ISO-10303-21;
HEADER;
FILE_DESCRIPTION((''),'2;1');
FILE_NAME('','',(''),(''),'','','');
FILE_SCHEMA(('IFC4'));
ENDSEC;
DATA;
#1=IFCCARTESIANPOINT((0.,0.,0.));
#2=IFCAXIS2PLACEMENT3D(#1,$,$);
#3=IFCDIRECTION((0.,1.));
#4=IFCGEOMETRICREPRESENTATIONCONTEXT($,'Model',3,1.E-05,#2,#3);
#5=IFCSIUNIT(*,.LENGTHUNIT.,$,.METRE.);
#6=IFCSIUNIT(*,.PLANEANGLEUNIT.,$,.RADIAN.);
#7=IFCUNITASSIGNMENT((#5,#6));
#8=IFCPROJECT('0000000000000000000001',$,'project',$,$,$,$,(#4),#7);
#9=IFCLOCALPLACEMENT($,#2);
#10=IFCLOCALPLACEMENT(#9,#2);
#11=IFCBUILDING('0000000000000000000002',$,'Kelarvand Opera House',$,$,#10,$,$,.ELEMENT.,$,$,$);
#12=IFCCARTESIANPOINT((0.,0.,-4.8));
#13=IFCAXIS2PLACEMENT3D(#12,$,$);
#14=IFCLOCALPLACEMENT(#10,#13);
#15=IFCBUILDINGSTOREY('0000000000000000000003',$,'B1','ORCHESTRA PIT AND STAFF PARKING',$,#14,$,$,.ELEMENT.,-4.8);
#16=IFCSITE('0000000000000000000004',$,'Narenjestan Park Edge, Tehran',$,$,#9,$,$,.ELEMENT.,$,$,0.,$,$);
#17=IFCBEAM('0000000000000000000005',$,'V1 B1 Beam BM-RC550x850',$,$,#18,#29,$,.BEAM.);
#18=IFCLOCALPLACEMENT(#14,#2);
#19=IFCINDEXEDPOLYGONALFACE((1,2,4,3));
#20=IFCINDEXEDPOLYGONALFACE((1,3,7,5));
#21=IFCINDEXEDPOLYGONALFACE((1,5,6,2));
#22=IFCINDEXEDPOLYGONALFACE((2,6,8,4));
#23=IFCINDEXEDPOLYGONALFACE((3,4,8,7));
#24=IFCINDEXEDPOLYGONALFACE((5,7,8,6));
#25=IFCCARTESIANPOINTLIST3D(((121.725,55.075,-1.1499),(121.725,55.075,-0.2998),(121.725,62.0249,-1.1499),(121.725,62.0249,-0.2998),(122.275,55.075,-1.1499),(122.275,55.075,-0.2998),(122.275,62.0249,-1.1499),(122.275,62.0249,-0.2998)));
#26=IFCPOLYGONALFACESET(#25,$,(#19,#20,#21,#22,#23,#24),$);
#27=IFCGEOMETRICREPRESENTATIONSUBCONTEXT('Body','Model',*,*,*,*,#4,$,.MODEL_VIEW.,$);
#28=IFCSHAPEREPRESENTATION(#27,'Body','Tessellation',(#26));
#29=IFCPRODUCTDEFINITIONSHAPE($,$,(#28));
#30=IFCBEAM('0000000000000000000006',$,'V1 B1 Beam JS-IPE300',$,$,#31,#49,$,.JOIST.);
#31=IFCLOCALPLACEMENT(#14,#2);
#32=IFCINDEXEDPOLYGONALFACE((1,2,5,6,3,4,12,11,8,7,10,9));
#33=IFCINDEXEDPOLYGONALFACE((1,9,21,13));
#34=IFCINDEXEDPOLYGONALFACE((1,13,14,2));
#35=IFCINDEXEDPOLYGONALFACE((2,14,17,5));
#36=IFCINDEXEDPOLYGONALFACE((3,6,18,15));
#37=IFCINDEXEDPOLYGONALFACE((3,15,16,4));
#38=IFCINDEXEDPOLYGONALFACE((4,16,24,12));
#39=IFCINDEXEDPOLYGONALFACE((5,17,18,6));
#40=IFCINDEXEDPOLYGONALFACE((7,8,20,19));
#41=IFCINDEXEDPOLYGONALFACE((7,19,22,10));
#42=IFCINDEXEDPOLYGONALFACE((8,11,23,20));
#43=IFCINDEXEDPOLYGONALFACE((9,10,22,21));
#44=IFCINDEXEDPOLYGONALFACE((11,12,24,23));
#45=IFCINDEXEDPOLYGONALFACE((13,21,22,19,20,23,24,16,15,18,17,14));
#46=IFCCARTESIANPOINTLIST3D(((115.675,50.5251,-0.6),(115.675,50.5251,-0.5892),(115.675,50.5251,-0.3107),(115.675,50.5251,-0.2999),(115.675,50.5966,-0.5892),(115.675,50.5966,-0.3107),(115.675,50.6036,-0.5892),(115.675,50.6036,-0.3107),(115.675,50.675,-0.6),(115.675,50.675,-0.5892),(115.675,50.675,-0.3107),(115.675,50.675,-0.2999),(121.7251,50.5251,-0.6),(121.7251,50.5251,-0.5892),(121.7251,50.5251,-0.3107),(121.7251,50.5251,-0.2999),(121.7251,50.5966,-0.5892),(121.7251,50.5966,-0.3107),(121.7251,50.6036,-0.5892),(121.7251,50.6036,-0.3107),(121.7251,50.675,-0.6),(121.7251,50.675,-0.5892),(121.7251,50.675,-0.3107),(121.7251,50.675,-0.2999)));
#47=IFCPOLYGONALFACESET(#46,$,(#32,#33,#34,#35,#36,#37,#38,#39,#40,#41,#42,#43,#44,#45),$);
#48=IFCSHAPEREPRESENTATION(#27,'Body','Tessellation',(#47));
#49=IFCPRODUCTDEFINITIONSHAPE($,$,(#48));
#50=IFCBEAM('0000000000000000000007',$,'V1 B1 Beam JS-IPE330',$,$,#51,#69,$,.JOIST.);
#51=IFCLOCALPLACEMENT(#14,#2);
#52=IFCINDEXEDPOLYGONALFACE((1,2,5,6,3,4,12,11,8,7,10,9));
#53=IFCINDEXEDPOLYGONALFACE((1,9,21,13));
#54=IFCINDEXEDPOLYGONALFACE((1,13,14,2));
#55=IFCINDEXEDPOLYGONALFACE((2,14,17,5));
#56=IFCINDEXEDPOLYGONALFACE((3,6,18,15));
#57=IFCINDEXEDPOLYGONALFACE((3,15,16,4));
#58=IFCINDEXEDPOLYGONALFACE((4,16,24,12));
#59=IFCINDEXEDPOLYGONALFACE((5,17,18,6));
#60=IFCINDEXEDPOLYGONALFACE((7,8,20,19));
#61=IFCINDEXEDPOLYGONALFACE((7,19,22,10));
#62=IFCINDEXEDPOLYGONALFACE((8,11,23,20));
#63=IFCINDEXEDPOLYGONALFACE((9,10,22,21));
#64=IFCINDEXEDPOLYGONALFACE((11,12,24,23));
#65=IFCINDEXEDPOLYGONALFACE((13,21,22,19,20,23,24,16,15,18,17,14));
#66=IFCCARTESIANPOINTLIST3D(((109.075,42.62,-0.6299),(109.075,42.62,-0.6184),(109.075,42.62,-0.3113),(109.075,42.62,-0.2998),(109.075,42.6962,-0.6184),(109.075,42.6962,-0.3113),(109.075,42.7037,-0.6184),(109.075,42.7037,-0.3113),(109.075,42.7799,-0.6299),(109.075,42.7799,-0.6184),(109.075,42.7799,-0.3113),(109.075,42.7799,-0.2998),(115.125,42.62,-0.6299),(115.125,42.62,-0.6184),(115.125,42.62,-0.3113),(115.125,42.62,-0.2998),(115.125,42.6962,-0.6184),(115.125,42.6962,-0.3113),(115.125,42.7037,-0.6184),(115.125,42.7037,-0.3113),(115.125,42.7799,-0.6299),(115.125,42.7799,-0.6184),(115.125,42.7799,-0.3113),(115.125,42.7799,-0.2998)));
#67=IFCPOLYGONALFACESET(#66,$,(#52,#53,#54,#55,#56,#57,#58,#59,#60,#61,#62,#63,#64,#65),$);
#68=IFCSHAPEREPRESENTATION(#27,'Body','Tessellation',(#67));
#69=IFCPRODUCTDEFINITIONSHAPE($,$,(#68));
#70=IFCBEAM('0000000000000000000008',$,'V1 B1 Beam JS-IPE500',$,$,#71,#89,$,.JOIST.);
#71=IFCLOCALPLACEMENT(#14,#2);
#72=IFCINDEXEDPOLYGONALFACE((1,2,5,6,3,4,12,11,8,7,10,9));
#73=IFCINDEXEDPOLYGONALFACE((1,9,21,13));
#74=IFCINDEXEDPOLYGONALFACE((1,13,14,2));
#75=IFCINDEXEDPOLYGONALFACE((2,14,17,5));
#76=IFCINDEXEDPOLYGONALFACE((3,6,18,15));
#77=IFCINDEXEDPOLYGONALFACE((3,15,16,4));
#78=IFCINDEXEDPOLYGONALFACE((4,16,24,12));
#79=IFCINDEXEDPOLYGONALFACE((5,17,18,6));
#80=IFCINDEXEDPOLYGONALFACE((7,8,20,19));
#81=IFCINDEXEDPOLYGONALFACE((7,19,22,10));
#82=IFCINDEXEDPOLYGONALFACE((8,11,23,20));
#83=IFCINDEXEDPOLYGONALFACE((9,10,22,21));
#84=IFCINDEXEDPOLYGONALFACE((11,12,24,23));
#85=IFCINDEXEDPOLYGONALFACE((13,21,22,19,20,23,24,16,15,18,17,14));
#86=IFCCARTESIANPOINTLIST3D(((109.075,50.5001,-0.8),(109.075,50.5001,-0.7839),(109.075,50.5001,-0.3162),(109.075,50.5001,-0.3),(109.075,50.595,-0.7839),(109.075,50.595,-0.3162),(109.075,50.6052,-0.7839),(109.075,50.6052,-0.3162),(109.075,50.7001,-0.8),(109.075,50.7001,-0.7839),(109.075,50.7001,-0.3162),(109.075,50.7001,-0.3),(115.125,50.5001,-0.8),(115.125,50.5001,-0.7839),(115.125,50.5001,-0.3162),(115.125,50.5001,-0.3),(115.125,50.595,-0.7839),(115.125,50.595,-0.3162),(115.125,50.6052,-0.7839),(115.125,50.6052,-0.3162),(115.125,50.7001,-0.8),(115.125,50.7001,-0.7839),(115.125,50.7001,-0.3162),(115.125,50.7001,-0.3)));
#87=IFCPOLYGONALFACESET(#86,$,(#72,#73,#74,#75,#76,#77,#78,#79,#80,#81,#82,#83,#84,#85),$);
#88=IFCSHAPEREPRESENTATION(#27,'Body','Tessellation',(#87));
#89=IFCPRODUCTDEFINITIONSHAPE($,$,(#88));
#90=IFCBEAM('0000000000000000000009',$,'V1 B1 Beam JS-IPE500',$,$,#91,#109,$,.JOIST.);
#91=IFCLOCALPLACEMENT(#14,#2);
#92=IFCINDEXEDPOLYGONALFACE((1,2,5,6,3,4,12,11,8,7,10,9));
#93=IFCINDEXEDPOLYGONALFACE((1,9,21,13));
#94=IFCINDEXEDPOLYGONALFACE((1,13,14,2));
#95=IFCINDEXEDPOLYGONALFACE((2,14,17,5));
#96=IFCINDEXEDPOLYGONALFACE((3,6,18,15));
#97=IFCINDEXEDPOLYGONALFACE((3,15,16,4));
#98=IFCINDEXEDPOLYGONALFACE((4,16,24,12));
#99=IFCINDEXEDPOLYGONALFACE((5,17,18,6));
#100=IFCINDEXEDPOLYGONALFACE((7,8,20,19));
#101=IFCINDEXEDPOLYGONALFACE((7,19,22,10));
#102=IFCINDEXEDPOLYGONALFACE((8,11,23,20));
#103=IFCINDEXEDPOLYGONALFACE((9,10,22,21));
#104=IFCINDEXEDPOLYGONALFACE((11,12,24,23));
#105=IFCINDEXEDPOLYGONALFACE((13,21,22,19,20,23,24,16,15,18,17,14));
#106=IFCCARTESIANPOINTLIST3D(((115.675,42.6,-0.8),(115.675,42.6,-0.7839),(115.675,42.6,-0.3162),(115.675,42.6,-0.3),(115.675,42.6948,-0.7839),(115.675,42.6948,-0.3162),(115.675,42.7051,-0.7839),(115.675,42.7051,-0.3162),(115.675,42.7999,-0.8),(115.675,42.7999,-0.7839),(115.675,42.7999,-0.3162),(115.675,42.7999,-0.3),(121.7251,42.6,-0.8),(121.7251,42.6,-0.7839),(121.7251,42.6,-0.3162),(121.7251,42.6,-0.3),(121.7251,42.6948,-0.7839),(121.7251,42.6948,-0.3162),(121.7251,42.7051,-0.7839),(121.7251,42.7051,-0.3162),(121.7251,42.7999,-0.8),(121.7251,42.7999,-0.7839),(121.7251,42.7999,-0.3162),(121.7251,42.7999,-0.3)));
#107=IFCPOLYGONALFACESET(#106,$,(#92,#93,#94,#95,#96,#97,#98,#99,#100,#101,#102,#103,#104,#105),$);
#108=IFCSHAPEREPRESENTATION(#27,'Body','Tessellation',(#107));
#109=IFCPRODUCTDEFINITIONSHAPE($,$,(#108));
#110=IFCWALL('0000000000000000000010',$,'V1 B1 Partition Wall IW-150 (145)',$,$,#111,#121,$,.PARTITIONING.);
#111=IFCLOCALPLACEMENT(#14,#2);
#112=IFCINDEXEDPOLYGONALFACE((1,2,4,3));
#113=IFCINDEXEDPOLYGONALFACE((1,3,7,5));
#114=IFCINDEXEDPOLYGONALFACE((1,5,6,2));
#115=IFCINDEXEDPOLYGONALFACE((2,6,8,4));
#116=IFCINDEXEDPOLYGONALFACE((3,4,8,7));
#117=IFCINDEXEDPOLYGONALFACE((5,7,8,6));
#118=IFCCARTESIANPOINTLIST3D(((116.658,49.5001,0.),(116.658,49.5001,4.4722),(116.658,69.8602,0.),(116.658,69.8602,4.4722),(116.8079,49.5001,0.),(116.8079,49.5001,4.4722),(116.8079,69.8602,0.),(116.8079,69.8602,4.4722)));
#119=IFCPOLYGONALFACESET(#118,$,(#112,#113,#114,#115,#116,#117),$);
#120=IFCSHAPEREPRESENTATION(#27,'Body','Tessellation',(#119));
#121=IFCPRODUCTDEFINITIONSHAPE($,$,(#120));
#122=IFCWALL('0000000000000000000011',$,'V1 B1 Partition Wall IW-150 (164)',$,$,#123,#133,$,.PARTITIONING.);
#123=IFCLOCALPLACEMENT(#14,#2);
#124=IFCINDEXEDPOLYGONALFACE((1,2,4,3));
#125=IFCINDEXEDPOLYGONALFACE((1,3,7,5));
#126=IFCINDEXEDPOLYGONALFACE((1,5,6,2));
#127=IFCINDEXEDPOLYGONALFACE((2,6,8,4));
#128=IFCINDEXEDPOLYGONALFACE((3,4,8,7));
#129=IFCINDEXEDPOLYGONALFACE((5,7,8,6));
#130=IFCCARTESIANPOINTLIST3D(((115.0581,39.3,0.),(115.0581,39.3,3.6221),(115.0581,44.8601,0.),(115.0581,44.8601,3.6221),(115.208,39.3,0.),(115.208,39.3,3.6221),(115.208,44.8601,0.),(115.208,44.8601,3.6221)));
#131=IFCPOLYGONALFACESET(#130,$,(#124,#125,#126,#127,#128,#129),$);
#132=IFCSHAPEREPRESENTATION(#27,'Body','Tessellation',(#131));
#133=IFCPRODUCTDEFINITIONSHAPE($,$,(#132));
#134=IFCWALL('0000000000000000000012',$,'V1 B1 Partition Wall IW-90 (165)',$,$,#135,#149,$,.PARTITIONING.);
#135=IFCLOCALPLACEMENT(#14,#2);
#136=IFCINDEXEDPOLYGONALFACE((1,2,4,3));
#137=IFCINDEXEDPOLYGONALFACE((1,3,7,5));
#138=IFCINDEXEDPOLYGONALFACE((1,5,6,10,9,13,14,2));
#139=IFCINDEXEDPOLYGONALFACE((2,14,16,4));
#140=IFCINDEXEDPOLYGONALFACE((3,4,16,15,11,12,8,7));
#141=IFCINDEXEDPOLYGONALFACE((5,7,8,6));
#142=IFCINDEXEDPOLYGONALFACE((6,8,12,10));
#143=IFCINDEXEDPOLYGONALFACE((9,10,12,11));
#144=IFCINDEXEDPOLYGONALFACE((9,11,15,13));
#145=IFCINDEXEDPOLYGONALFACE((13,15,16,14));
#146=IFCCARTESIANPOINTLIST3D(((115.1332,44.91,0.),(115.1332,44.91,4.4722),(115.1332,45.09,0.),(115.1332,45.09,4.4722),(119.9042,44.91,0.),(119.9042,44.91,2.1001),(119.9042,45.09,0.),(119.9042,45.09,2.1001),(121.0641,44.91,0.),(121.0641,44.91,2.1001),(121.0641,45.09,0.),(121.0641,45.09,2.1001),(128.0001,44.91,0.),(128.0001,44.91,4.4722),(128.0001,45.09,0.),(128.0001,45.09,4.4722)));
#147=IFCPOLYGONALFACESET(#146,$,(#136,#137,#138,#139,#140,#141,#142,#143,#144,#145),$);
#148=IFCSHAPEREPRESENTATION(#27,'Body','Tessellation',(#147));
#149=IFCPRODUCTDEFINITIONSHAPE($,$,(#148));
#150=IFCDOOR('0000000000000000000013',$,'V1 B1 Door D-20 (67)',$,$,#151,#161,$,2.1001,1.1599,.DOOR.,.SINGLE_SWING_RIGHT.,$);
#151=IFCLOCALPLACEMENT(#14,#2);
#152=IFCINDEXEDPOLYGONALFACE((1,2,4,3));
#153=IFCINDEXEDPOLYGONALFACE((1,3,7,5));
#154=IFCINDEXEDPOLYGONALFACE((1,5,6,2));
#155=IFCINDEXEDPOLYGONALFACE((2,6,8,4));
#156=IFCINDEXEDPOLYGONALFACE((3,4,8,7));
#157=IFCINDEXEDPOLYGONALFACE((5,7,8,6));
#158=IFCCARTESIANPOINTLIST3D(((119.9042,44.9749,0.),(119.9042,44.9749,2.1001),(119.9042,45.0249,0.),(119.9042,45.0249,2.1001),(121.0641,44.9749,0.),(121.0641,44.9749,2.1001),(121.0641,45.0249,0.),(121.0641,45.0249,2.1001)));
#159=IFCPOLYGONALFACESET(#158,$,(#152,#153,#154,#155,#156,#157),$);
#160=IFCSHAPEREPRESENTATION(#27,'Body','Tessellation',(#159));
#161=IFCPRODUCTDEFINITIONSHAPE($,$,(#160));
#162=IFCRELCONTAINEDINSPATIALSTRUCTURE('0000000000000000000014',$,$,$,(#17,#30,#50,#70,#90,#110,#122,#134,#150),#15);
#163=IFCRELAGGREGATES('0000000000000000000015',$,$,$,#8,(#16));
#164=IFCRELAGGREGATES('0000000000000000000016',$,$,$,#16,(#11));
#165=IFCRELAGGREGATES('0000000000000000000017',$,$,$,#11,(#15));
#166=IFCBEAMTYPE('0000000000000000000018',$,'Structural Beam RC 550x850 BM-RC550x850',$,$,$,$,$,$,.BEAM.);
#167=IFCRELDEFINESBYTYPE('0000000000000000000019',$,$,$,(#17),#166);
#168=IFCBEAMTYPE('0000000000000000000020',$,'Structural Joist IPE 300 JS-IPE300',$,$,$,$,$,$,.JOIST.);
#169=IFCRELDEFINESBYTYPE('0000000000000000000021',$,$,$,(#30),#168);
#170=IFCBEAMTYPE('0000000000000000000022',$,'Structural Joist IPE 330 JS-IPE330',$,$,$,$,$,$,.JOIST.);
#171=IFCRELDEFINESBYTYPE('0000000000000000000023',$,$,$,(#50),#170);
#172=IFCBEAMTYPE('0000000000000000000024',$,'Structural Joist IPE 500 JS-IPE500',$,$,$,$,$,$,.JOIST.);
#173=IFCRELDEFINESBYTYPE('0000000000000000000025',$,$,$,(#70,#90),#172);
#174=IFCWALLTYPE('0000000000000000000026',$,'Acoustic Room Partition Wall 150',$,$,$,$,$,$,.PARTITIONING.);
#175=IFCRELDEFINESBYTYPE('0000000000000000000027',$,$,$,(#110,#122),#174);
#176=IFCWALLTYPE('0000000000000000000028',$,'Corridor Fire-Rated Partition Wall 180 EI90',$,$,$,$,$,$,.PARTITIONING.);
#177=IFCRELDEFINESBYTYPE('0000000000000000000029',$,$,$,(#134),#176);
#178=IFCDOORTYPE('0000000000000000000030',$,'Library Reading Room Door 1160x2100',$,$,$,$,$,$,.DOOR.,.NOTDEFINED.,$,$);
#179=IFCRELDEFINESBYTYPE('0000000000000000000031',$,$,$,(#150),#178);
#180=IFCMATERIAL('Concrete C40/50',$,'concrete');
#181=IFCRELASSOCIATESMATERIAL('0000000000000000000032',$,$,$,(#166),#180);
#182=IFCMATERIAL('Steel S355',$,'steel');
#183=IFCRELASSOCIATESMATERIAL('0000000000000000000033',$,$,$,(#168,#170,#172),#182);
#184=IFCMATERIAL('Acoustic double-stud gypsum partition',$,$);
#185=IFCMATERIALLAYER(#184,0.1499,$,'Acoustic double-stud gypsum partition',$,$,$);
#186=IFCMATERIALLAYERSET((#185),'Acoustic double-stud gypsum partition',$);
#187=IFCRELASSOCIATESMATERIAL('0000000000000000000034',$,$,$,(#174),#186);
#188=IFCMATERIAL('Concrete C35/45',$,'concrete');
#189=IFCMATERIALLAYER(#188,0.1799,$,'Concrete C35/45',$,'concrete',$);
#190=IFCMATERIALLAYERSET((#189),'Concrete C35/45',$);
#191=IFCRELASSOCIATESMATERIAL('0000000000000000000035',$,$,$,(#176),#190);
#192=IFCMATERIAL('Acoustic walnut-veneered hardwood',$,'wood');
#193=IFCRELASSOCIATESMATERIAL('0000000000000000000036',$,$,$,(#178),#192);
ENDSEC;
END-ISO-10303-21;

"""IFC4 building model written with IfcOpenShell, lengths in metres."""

from ifc_helpers import new_model, si_unit, direction, frame, frame_2d, origin, origin_2d, place, context, subcontext, project, spatial, rectangle, i_section, extrude, material, layer, layer_set, material_profile, profile_set, type_object, element, fill, save


model = new_model("IFC4")

# Units and contexts
model_context = context("Model", 3, precision=1e-05, world=origin(), true_north=direction((0.0, 1.0)))
body_context = subcontext(model_context, "Body", "Model", "MODEL_VIEW")
ifc_project = project(units=[si_unit("LENGTHUNIT", "METRE"), si_unit("PLANEANGLEUNIT", "RADIAN")], contexts=[model_context])

# Site, building, storey
site_placement = place(None, origin())
site = spatial("IfcSite", under=ifc_project, at=site_placement, Name="Narenjestan Park Edge, Tehran", CompositionType="ELEMENT", RefElevation=0.0)
building_placement = place(site_placement, origin())
building = spatial("IfcBuilding", under=site, at=building_placement, Name="Kelarvand Opera House", CompositionType="ELEMENT")
storey_placement = place(building_placement, frame((0.0, 0.0, -4.8)))
storey = spatial("IfcBuildingStorey", under=building, at=storey_placement, Name="B1", Description="ORCHESTRA PIT AND STAFF PARKING", CompositionType="ELEMENT", Elevation=-4.8)

# Shared definitions
ifc_material_1 = material(Name="Concrete C40/50", Category="concrete")

# Beams
ifc_material_profile_1 = material_profile(ifc_material_1, rectangle(XDim=0.55, YDim=0.8501, at=origin_2d()), Name="RC 550x850", Category="concrete")
ifc_profile_set_1 = profile_set([ifc_material_profile_1], Name="Concrete C40/50")
beam_type_1 = type_object("IfcBeamType", Name="Structural Beam RC 550x850 BM-RC550x850", PredefinedType="BEAM", material=ifc_profile_set_1)
beam_1_placement = place(storey_placement, frame((122.0, 55.075, -0.7249), z_axis=(0.0, 1.0, 0.0), x_axis=(-1.0, 0.0, 0.0)))
element("IfcBeam", 1, at=beam_1_placement, inside=storey, type_object=beam_type_1, Name="V1 B1 Beam BM-RC550x850", PredefinedType="BEAM", context=body_context, shape_type="SweptSolid", body=[
    extrude(rectangle(XDim=0.55, YDim=0.8501, at=origin_2d()), origin(), (0.0, 0.0, 1.0), 6.95),
])
ifc_material_2 = material(Name="Steel S355", Category="steel")
ifc_material_profile_2 = material_profile(ifc_material_2, i_section(OverallWidth=0.1499, OverallDepth=0.3, WebThickness=0.0071, FlangeThickness=0.0107, at=origin_2d()), Name="IPE 300", Category="steel")
ifc_profile_set_2 = profile_set([ifc_material_profile_2], Name="Steel S355")
beam_type_2 = type_object("IfcBeamType", Name="Structural Joist IPE 300 JS-IPE300", PredefinedType="JOIST", material=ifc_profile_set_2)
beam_2_placement = place(storey_placement, frame((115.675, 50.6001, -0.45), z_axis=(1.0, 0.0, 0.0), x_axis=(0.0, 1.0, 0.0)))
element("IfcBeam", 2, at=beam_2_placement, inside=storey, type_object=beam_type_2, Name="V1 B1 Beam JS-IPE300", PredefinedType="JOIST", context=body_context, shape_type="SweptSolid", body=[
    extrude(i_section(OverallWidth=0.1499, OverallDepth=0.3, WebThickness=0.0071, FlangeThickness=0.0107, at=origin_2d()), origin(), (0.0, 0.0, 1.0), 6.05),
])
ifc_material_profile_3 = material_profile(ifc_material_2, i_section(OverallWidth=0.1599, OverallDepth=0.3301, WebThickness=0.0076, FlangeThickness=0.0115, at=origin_2d()), Name="IPE 330", Category="steel")
ifc_profile_set_3 = profile_set([ifc_material_profile_3], Name="Steel S355")
beam_type_3 = type_object("IfcBeamType", Name="Structural Joist IPE 330 JS-IPE330", PredefinedType="JOIST", material=ifc_profile_set_3)
beam_3_placement = place(storey_placement, frame((109.075, 42.7, -0.4648), z_axis=(1.0, 0.0, 0.0), x_axis=(0.0, 1.0, 0.0)))
element("IfcBeam", 3, at=beam_3_placement, inside=storey, type_object=beam_type_3, Name="V1 B1 Beam JS-IPE330", PredefinedType="JOIST", context=body_context, shape_type="SweptSolid", body=[
    extrude(i_section(OverallWidth=0.1599, OverallDepth=0.3301, WebThickness=0.0076, FlangeThickness=0.0115, at=origin_2d()), origin(), (0.0, 0.0, 1.0), 6.05),
])
ifc_material_profile_4 = material_profile(ifc_material_2, i_section(OverallWidth=0.2, OverallDepth=0.5, WebThickness=0.0103, FlangeThickness=0.0161, at=origin_2d()), Name="IPE 500", Category="steel")
ifc_profile_set_4 = profile_set([ifc_material_profile_4], Name="Steel S355")
beam_type_4 = type_object("IfcBeamType", Name="Structural Joist IPE 500 JS-IPE500", PredefinedType="JOIST", material=ifc_profile_set_4)
for number, where, z_axis, x_axis, name in (
    (4, (109.075, 50.6001, -0.55), (1.0, 0.0, 0.0), (0.0, 1.0, 0.0), "V1 B1 Beam JS-IPE500"),
    (5, (115.675, 42.7, -0.55), (1.0, 0.0, 0.0), (0.0, 1.0, 0.0), "V1 B1 Beam JS-IPE500"),
):
    element("IfcBeam", number, at=place(storey_placement, frame(where, z_axis=z_axis, x_axis=x_axis)), inside=storey, type_object=beam_type_4, Name=name, PredefinedType="JOIST", context=body_context, shape_type="SweptSolid", body=[
        extrude(i_section(OverallWidth=0.2, OverallDepth=0.5, WebThickness=0.0103, FlangeThickness=0.0161, at=origin_2d()), origin(), (0.0, 0.0, 1.0), 6.05),
    ])

# Walls
ifc_material_3 = material(Name="Acoustic double-stud gypsum partition")
ifc_layer_1 = layer(ifc_material_3, 0.1499, Name="Acoustic double-stud gypsum partition")
ifc_layer_set_1 = layer_set([ifc_layer_1], Name="Acoustic double-stud gypsum partition")
wall_type_1 = type_object("IfcWallType", Name="Acoustic Room Partition Wall 150", PredefinedType="PARTITIONING", material=ifc_layer_set_1)
wall_1_placement = place(storey_placement, frame((116.7329, 49.5, 0.0), z_axis=(0.0, 0.0, 1.0), x_axis=(0.0, 1.0, 0.0)))
element("IfcWall", 6, at=wall_1_placement, inside=storey, type_object=wall_type_1, Name="V1 B1 Partition Wall IW-150 (145)", PredefinedType="PARTITIONING", context=body_context, shape_type="SweptSolid", body=[
    extrude(rectangle(XDim=20.3601, YDim=0.1499, at=frame_2d((10.1802, 0.0))), origin(), (0.0, 0.0, 1.0), 4.4722),
])
wall_2_placement = place(storey_placement, frame((115.1331, 39.3, 0.0), z_axis=(0.0, 0.0, 1.0), x_axis=(0.0, 1.0, 0.0)))
element("IfcWall", 7, at=wall_2_placement, inside=storey, type_object=wall_type_1, Name="V1 B1 Partition Wall IW-150 (164)", PredefinedType="PARTITIONING", context=body_context, shape_type="SweptSolid", body=[
    extrude(rectangle(XDim=5.5601, YDim=0.1499, at=frame_2d((2.78, 0.0))), origin(), (0.0, 0.0, 1.0), 3.6221),
])

# Wall, opening, door
ifc_material_4 = material(Name="Concrete C35/45", Category="concrete")
ifc_layer_2 = layer(ifc_material_4, 0.1799, Name="Concrete C35/45", Category="concrete")
ifc_layer_set_2 = layer_set([ifc_layer_2], Name="Concrete C35/45")
wall_type_2 = type_object("IfcWallType", Name="Corridor Fire-Rated Partition Wall 180 EI90", PredefinedType="PARTITIONING", material=ifc_layer_set_2)
wall_3_placement = place(storey_placement, frame((115.1331, 45.0, 0.0), z_axis=(0.0, 0.0, 1.0), x_axis=(1.0, 0.0, 0.0)))
wall_3 = element("IfcWall", 8, at=wall_3_placement, inside=storey, type_object=wall_type_2, Name="V1 B1 Partition Wall IW-90 (165)", PredefinedType="PARTITIONING", context=body_context, shape_type="SweptSolid", body=[
    extrude(rectangle(XDim=12.8669, YDim=0.1799, at=frame_2d((6.4336, 0.0))), origin(), (0.0, 0.0, 1.0), 4.4722),
])
opening_placement = place(wall_3_placement, frame((4.771, 0.0, 0.0)))
opening = element("IfcOpeningElement", 9, at=opening_placement, cuts=wall_3, PredefinedType="OPENING", context=body_context, shape_type="SweptSolid", body=[
    extrude(rectangle(XDim=1.1599, YDim=2.1001, at=frame_2d((0.5801, 1.05))), frame((0.0, 0.1001, 0.0), z_axis=(0.0, -1.0, 0.0), x_axis=(1.0, 0.0, 0.0)), (0.0, 0.0, 1.0), 0.2),
])
ifc_material_5 = material(Name="Acoustic walnut-veneered hardwood", Category="wood")
door_type = type_object("IfcDoorType", Name="Library Reading Room Door 1160x2100", OperationType="NOTDEFINED", PredefinedType="DOOR", material=ifc_material_5)
door_placement = place(opening_placement, origin())
door = element("IfcDoor", 10, at=door_placement, inside=storey, type_object=door_type, Name="V1 B1 Door D-20 (67)", OperationType="SINGLE_SWING_RIGHT", OverallHeight=2.1001, OverallWidth=1.1599, PredefinedType="DOOR", context=body_context, shape_type="SweptSolid", body=[
    extrude(rectangle(XDim=1.1599, YDim=2.1001, at=frame_2d((0.5801, 1.05))), frame((0.0, 0.0249, 0.0), z_axis=(0.0, -1.0, 0.0), x_axis=(1.0, 0.0, 0.0)), (0.0, 0.0, 1.0), 0.05),
])
fill(opening, door)

save(model, "model.ifc")
